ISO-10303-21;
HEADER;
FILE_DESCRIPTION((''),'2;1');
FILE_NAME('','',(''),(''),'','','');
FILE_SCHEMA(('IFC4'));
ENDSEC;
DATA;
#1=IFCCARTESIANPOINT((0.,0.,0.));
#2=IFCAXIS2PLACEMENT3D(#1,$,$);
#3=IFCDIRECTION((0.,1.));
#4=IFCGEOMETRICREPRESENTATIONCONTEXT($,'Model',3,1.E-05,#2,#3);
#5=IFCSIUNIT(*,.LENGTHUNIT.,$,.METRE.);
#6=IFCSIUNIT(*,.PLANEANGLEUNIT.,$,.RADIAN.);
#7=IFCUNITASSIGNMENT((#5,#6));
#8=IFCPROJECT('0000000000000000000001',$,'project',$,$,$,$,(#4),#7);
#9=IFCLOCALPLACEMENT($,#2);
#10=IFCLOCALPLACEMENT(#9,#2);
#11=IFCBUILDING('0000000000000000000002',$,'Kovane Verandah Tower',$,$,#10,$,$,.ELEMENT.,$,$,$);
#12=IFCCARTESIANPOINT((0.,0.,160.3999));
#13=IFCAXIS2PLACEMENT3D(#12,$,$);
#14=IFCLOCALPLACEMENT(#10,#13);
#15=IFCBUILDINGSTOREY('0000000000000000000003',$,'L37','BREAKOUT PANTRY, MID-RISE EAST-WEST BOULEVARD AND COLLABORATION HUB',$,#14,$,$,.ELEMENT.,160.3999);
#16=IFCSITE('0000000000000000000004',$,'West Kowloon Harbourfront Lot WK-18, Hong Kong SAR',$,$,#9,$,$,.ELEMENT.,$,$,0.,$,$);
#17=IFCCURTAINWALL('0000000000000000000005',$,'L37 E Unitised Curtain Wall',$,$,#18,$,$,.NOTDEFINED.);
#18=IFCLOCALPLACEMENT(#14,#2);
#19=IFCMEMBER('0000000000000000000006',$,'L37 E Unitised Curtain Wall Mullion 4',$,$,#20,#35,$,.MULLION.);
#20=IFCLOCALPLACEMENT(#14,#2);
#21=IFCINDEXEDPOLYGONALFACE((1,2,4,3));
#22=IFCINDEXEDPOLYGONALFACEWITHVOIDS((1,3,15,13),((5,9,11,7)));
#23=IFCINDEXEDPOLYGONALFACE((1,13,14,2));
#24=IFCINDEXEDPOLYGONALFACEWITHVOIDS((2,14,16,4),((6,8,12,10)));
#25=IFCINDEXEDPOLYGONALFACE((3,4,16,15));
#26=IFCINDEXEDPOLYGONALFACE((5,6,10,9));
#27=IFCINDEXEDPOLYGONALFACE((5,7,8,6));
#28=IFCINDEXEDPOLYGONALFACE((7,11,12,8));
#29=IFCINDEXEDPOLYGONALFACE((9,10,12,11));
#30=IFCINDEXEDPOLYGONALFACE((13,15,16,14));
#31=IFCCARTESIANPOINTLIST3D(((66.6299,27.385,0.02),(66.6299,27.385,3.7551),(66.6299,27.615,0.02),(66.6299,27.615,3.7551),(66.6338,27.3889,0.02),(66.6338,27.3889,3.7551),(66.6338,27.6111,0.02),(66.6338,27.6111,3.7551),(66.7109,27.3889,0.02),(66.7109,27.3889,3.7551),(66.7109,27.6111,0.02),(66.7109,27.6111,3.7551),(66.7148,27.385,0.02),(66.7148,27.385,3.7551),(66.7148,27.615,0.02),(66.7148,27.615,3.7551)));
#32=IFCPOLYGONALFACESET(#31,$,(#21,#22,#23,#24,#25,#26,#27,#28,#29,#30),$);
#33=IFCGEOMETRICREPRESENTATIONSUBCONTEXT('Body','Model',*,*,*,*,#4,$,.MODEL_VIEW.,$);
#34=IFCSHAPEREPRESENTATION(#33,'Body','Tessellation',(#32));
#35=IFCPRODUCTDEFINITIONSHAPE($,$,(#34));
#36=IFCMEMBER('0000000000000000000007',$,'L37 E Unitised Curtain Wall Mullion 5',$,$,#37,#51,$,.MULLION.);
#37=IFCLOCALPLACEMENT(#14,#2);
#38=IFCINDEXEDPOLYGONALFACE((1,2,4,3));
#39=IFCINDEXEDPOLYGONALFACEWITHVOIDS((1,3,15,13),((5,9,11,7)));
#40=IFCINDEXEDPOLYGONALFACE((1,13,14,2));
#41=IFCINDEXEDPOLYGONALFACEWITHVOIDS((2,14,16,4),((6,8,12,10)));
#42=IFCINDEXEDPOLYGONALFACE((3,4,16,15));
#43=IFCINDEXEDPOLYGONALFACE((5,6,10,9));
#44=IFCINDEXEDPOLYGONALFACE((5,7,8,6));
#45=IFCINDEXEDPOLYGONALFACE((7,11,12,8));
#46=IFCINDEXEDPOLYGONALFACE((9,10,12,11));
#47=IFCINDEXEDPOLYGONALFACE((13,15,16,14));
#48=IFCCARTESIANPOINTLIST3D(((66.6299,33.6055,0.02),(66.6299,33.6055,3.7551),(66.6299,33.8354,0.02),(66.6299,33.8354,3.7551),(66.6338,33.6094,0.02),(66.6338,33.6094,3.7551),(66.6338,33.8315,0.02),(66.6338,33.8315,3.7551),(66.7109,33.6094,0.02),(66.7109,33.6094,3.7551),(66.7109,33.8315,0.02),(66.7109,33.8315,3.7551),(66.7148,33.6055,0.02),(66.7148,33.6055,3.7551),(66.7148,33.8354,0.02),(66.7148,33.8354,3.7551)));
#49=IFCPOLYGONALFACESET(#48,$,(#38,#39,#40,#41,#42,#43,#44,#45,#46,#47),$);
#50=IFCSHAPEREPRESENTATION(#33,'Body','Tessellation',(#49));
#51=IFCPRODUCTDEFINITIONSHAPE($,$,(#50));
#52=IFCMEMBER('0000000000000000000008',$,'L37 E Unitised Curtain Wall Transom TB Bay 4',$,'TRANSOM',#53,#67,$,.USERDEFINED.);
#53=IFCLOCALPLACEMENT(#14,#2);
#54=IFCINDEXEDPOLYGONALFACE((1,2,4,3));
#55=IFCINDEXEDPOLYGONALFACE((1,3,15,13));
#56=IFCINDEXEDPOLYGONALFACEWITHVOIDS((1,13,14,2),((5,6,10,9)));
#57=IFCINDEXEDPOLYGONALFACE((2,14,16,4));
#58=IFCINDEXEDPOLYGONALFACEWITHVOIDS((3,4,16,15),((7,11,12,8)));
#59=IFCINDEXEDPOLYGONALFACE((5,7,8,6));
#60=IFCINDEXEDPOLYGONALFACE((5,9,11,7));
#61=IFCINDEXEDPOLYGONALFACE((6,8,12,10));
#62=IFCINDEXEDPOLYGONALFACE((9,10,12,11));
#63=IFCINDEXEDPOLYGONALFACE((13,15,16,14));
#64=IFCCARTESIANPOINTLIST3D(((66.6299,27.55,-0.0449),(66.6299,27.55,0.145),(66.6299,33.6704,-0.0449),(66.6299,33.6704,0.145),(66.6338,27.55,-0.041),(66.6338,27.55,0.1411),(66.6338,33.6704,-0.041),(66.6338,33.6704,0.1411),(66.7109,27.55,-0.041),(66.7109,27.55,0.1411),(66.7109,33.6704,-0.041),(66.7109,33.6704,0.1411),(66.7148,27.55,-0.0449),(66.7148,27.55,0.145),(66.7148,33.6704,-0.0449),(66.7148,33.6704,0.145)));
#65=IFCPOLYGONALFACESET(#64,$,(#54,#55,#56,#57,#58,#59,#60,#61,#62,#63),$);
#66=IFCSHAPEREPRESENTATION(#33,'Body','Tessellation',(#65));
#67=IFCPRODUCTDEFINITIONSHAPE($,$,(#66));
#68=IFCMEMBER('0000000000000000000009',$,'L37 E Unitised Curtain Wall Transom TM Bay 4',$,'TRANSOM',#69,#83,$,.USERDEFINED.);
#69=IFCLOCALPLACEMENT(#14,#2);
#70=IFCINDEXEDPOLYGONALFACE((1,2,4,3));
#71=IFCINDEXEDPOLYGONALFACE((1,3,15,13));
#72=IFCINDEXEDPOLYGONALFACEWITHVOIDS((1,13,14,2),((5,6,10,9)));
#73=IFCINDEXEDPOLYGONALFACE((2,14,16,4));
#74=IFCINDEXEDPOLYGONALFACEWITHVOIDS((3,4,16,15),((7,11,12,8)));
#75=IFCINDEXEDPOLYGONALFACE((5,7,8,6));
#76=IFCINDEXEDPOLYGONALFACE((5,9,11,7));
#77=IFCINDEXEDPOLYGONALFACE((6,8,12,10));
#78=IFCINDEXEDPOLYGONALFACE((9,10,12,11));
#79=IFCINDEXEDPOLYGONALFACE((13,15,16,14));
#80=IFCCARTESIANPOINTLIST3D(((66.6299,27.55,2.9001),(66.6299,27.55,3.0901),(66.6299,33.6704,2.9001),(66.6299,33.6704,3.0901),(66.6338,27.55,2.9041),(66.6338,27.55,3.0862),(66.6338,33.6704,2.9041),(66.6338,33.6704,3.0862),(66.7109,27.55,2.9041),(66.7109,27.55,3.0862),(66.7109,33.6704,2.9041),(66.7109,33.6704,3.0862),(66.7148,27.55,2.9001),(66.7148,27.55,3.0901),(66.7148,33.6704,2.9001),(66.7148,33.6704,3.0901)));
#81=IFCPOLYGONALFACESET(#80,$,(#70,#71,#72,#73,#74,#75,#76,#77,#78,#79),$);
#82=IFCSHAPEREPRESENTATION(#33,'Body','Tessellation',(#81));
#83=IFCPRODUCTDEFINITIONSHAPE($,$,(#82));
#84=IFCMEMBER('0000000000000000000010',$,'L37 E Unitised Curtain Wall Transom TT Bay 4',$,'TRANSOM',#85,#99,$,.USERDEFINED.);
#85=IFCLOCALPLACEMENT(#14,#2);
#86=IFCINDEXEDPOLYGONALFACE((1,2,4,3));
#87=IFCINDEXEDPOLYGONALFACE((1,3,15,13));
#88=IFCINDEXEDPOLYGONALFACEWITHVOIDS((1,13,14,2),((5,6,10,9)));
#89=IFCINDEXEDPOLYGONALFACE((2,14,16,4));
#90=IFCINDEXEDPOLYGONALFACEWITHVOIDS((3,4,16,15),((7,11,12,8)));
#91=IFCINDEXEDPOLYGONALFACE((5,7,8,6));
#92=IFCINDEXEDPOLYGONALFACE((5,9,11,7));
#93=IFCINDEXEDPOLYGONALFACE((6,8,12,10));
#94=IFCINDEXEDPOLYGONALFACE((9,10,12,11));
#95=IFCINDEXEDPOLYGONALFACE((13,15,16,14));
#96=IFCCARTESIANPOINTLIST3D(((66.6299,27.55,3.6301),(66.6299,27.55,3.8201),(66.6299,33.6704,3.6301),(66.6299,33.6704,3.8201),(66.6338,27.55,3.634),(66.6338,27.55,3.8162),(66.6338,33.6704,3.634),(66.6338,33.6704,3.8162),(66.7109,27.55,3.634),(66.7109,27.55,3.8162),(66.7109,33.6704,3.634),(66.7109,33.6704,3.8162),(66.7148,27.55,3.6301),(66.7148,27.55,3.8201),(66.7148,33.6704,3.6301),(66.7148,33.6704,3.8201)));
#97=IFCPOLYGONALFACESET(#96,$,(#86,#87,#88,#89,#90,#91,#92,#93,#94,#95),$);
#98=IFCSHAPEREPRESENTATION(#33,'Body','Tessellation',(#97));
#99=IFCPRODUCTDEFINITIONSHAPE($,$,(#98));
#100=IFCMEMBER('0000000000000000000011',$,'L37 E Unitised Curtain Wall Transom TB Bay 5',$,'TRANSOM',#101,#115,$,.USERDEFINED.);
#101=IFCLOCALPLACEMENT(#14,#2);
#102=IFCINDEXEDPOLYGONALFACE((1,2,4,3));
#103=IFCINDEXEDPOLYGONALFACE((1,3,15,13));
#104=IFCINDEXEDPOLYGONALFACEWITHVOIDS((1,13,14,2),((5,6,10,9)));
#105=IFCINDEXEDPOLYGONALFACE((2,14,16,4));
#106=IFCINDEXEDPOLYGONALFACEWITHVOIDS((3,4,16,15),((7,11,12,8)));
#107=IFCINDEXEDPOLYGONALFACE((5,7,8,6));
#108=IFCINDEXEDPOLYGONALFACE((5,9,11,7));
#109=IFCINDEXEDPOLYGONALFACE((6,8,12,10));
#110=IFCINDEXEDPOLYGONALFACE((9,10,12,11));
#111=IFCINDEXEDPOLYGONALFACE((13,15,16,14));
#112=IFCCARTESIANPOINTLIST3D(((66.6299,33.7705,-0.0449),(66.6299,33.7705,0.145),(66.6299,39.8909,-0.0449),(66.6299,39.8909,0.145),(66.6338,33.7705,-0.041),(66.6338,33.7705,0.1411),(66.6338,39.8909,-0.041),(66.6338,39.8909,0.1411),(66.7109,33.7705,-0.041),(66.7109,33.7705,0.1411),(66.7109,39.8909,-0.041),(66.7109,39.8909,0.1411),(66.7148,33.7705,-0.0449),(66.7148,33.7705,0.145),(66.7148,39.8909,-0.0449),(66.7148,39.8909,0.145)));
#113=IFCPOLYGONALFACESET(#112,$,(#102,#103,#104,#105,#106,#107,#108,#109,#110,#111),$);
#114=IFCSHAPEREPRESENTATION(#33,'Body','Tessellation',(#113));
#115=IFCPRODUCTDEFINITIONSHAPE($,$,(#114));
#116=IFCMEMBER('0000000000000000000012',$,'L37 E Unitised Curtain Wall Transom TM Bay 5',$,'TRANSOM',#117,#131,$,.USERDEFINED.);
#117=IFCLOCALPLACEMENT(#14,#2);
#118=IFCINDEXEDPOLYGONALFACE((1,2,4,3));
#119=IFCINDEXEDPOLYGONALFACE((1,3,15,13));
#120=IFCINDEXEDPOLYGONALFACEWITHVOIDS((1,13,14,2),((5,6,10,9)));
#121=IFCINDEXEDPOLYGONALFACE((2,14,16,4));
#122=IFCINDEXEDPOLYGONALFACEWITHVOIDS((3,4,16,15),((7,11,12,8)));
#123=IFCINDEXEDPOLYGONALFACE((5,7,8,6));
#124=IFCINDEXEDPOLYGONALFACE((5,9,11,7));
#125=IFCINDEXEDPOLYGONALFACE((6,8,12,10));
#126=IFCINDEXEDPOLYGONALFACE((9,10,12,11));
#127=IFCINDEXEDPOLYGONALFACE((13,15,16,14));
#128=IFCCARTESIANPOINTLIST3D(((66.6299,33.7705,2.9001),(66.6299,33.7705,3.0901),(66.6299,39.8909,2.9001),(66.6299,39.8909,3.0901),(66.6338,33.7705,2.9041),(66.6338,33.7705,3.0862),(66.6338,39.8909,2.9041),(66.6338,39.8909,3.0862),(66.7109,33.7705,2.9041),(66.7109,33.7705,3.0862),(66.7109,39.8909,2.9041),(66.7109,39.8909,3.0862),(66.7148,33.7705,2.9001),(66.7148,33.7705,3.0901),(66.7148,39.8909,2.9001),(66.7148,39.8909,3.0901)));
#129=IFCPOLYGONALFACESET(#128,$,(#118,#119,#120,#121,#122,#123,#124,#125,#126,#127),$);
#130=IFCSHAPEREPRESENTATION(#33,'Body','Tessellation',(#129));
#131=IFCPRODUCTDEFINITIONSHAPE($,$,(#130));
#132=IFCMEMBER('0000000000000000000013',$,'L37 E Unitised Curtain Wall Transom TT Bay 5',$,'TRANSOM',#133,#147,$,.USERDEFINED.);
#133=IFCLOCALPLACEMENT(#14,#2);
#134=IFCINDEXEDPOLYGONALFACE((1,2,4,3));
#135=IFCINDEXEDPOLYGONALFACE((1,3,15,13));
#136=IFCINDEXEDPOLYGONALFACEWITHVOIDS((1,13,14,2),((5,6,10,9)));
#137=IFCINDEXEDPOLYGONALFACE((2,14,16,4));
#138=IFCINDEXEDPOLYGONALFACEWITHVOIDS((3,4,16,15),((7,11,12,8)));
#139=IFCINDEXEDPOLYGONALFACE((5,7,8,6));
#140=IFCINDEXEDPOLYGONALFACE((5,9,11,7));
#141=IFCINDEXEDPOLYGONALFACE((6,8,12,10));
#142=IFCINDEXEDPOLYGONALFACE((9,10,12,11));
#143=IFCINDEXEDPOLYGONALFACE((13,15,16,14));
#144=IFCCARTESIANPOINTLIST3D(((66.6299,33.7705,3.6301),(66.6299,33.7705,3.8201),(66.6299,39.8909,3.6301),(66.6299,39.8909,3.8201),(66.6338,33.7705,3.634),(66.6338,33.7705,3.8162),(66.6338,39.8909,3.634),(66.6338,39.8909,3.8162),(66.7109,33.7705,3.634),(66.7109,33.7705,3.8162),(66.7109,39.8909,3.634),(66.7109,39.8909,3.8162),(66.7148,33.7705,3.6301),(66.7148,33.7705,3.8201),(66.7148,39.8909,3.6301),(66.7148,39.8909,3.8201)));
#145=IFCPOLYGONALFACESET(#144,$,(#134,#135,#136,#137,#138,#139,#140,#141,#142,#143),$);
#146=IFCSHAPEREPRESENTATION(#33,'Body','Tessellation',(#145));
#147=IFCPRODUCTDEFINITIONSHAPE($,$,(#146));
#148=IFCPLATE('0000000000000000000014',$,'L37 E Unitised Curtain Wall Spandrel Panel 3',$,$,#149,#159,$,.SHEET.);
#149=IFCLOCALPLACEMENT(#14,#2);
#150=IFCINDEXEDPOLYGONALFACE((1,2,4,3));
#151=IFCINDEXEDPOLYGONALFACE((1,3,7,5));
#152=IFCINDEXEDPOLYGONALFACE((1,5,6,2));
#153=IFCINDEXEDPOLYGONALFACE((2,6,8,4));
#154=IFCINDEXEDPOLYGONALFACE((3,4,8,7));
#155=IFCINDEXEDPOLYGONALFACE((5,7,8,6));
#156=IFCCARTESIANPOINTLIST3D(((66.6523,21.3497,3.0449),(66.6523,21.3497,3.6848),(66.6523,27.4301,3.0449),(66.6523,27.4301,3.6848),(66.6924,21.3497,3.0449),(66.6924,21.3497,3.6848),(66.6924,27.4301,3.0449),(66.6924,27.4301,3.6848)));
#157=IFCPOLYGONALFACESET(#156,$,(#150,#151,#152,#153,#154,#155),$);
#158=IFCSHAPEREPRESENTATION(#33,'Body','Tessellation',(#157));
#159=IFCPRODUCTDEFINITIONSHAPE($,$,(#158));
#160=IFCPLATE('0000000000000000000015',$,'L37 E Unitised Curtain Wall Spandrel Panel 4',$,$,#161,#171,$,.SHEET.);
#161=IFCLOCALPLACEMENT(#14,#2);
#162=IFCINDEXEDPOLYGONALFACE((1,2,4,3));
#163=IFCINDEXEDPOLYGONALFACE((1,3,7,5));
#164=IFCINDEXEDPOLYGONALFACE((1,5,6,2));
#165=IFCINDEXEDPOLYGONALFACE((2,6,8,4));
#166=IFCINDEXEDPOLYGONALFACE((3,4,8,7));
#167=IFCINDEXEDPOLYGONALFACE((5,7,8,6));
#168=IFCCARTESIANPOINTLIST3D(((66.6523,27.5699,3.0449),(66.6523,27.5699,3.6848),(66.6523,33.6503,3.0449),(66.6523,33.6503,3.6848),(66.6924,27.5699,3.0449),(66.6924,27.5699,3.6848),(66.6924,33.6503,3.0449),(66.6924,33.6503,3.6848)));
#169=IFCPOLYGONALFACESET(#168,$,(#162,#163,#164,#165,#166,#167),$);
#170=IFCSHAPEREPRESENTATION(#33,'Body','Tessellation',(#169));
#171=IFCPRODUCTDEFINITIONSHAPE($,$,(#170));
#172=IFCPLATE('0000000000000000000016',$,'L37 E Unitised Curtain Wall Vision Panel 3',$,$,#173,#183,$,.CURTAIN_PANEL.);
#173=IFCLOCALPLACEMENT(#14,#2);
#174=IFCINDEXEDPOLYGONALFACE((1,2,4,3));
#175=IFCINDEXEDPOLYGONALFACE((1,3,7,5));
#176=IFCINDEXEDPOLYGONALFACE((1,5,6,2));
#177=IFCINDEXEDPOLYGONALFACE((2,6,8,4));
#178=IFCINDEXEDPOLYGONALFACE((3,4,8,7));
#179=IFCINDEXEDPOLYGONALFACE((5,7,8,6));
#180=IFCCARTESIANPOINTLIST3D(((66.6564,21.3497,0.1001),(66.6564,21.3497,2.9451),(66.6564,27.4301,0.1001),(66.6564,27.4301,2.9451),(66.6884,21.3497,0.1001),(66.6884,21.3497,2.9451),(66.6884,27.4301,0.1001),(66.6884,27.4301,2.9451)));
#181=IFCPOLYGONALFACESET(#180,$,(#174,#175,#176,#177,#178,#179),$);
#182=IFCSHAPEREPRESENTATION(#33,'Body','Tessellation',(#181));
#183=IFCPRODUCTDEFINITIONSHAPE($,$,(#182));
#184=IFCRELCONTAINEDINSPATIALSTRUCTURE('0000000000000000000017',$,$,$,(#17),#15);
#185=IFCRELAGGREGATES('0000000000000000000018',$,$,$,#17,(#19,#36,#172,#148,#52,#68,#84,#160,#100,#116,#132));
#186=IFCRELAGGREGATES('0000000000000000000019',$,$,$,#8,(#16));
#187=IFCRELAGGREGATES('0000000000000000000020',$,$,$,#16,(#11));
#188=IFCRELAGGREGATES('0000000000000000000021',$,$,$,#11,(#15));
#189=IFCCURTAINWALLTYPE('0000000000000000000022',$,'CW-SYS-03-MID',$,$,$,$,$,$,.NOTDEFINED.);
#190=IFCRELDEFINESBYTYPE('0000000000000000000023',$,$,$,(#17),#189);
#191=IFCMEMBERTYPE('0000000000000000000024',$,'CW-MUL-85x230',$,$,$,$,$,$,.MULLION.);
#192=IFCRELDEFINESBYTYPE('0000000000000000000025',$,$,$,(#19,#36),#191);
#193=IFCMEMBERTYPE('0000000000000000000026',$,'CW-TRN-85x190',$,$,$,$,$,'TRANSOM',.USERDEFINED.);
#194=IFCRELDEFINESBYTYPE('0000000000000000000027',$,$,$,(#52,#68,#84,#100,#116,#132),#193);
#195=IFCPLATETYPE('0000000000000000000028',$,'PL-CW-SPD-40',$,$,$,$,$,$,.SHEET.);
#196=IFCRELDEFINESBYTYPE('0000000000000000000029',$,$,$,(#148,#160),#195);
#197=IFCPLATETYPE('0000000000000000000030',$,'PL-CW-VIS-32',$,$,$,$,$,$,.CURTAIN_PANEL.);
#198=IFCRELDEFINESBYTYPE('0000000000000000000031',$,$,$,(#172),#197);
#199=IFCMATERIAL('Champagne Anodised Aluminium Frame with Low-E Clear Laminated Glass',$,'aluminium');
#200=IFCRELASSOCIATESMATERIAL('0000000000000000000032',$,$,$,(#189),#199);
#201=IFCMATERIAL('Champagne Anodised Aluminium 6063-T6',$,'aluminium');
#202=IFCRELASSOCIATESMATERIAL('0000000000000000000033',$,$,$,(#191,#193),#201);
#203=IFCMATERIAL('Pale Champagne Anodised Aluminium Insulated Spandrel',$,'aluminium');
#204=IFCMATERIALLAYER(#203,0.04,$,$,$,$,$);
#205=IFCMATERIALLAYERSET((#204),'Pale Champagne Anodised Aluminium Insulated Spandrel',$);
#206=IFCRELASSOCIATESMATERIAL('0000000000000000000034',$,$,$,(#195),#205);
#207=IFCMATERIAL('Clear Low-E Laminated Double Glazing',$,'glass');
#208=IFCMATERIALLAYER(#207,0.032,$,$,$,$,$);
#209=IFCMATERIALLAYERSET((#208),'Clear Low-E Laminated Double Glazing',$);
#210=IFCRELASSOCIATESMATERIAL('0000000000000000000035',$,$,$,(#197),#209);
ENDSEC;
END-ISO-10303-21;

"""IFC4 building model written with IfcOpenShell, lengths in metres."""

from ifc_helpers import new_model, si_unit, direction, frame, origin, origin_2d, place, context, subcontext, project, spatial, rectangle, hollow_rectangle, extrude, material, layer, layer_set, material_profile, profile_set, type_object, element, aggregate, save


model = new_model("IFC4")

# Units and contexts
model_context = context("Model", 3, precision=1e-05, world=origin(), true_north=direction((0.0, 1.0)))
body_context = subcontext(model_context, "Body", "Model", "MODEL_VIEW")
ifc_project = project(units=[si_unit("LENGTHUNIT", "METRE"), si_unit("PLANEANGLEUNIT", "RADIAN")], contexts=[model_context])

# Site, building, storey
site_placement = place(None, origin())
site = spatial("IfcSite", under=ifc_project, at=site_placement, Name="West Kowloon Harbourfront Lot WK-18, Hong Kong SAR", CompositionType="ELEMENT", RefElevation=0.0)
building_placement = place(site_placement, origin())
building = spatial("IfcBuilding", under=site, at=building_placement, Name="Kovane Verandah Tower", CompositionType="ELEMENT")
storey_placement = place(building_placement, frame((0.0, 0.0, 160.3999)))
storey = spatial("IfcBuildingStorey", under=building, at=storey_placement, Name="L37", Description="BREAKOUT PANTRY, MID-RISE EAST-WEST BOULEVARD AND COLLABORATION HUB", CompositionType="ELEMENT", Elevation=160.3999)

# Curtain wall, members, plates
ifc_material_1 = material(Name="Champagne Anodised Aluminium Frame with Low-E Clear Laminated Glass", Category="aluminium")
curtain_wall_type = type_object("IfcCurtainWallType", Name="CW-SYS-03-MID", PredefinedType="NOTDEFINED", material=ifc_material_1)
curtain_wall_placement = place(storey_placement, origin())
curtain_wall = element("IfcCurtainWall", 1, at=curtain_wall_placement, inside=storey, type_object=curtain_wall_type, Name="L37 E Unitised Curtain Wall", PredefinedType="NOTDEFINED")
ifc_material_2 = material(Name="Champagne Anodised Aluminium 6063-T6", Category="aluminium")
ifc_material_profile_1 = material_profile(ifc_material_2, hollow_rectangle(XDim=0.085, YDim=0.23, WallThickness=0.0039, at=origin_2d()), Name="AL85x230x4")
ifc_profile_set_1 = profile_set([ifc_material_profile_1], Name="Champagne Anodised Aluminium 6063-T6")
member_type_1 = type_object("IfcMemberType", Name="CW-MUL-85x230", PredefinedType="MULLION", material=ifc_profile_set_1)
member_1_placement = place(storey_placement, frame((66.6724, 27.5, 0.02), z_axis=(0.0, 0.0, 1.0), x_axis=(1.0, 0.0, 0.0)))
member_1 = element("IfcMember", 2, at=member_1_placement, type_object=member_type_1, Name="L37 E Unitised Curtain Wall Mullion 4", PredefinedType="MULLION", context=body_context, shape_type="SweptSolid", body=[
    extrude(hollow_rectangle(XDim=0.085, YDim=0.23, WallThickness=0.0039, at=origin_2d()), origin(), (0.0, 0.0, 1.0), 3.7351),
])
member_2_placement = place(storey_placement, frame((66.6724, 33.7205, 0.02), z_axis=(0.0, 0.0, 1.0), x_axis=(1.0, 0.0, 0.0)))
member_2 = element("IfcMember", 3, at=member_2_placement, type_object=member_type_1, Name="L37 E Unitised Curtain Wall Mullion 5", PredefinedType="MULLION", context=body_context, shape_type="SweptSolid", body=[
    extrude(hollow_rectangle(XDim=0.085, YDim=0.23, WallThickness=0.0039, at=origin_2d()), origin(), (0.0, 0.0, 1.0), 3.7351),
])
ifc_material_profile_2 = material_profile(ifc_material_2, hollow_rectangle(XDim=0.085, YDim=0.1899, WallThickness=0.0039, at=origin_2d()), Name="AL85x190x4")
ifc_profile_set_2 = profile_set([ifc_material_profile_2], Name="Champagne Anodised Aluminium 6063-T6")
member_type_2 = type_object("IfcMemberType", Name="CW-TRN-85x190", ElementType="TRANSOM", PredefinedType="USERDEFINED", material=ifc_profile_set_2)
member_3_placement = place(storey_placement, frame((66.6724, 27.55, 0.05), z_axis=(0.0, 1.0, 0.0), x_axis=(-1.0, 0.0, 0.0)))
member_3 = element("IfcMember", 4, at=member_3_placement, type_object=member_type_2, Name="L37 E Unitised Curtain Wall Transom TB Bay 4", ObjectType="TRANSOM", PredefinedType="USERDEFINED", context=body_context, shape_type="SweptSolid", body=[
    extrude(hollow_rectangle(XDim=0.085, YDim=0.1899, WallThickness=0.0039, at=origin_2d()), origin(), (0.0, 0.0, 1.0), 6.1204),
])
member_4_placement = place(storey_placement, frame((66.6724, 27.55, 2.9951), z_axis=(0.0, 1.0, 0.0), x_axis=(-1.0, 0.0, 0.0)))
member_4 = element("IfcMember", 5, at=member_4_placement, type_object=member_type_2, Name="L37 E Unitised Curtain Wall Transom TM Bay 4", ObjectType="TRANSOM", PredefinedType="USERDEFINED", context=body_context, shape_type="SweptSolid", body=[
    extrude(hollow_rectangle(XDim=0.085, YDim=0.1899, WallThickness=0.0039, at=origin_2d()), origin(), (0.0, 0.0, 1.0), 6.1204),
])
member_5_placement = place(storey_placement, frame((66.6724, 27.55, 3.7251), z_axis=(0.0, 1.0, 0.0), x_axis=(-1.0, 0.0, 0.0)))
member_5 = element("IfcMember", 6, at=member_5_placement, type_object=member_type_2, Name="L37 E Unitised Curtain Wall Transom TT Bay 4", ObjectType="TRANSOM", PredefinedType="USERDEFINED", context=body_context, shape_type="SweptSolid", body=[
    extrude(hollow_rectangle(XDim=0.085, YDim=0.1899, WallThickness=0.0039, at=origin_2d()), origin(), (0.0, 0.0, 1.0), 6.1204),
])
member_6_placement = place(storey_placement, frame((66.6724, 33.7705, 0.05), z_axis=(0.0, 1.0, 0.0), x_axis=(-1.0, 0.0, 0.0)))
member_6 = element("IfcMember", 7, at=member_6_placement, type_object=member_type_2, Name="L37 E Unitised Curtain Wall Transom TB Bay 5", ObjectType="TRANSOM", PredefinedType="USERDEFINED", context=body_context, shape_type="SweptSolid", body=[
    extrude(hollow_rectangle(XDim=0.085, YDim=0.1899, WallThickness=0.0039, at=origin_2d()), origin(), (0.0, 0.0, 1.0), 6.1204),
])
member_7_placement = place(storey_placement, frame((66.6724, 33.7705, 2.9951), z_axis=(0.0, 1.0, 0.0), x_axis=(-1.0, 0.0, 0.0)))
member_7 = element("IfcMember", 8, at=member_7_placement, type_object=member_type_2, Name="L37 E Unitised Curtain Wall Transom TM Bay 5", ObjectType="TRANSOM", PredefinedType="USERDEFINED", context=body_context, shape_type="SweptSolid", body=[
    extrude(hollow_rectangle(XDim=0.085, YDim=0.1899, WallThickness=0.0039, at=origin_2d()), origin(), (0.0, 0.0, 1.0), 6.1204),
])
member_8_placement = place(storey_placement, frame((66.6724, 33.7705, 3.7251), z_axis=(0.0, 1.0, 0.0), x_axis=(-1.0, 0.0, 0.0)))
member_8 = element("IfcMember", 9, at=member_8_placement, type_object=member_type_2, Name="L37 E Unitised Curtain Wall Transom TT Bay 5", ObjectType="TRANSOM", PredefinedType="USERDEFINED", context=body_context, shape_type="SweptSolid", body=[
    extrude(hollow_rectangle(XDim=0.085, YDim=0.1899, WallThickness=0.0039, at=origin_2d()), origin(), (0.0, 0.0, 1.0), 6.1204),
])
ifc_material_3 = material(Name="Pale Champagne Anodised Aluminium Insulated Spandrel", Category="aluminium")
ifc_layer_1 = layer(ifc_material_3, 0.04)
ifc_layer_set_1 = layer_set([ifc_layer_1], Name="Pale Champagne Anodised Aluminium Insulated Spandrel")
plate_type_1 = type_object("IfcPlateType", Name="PL-CW-SPD-40", PredefinedType="SHEET", material=ifc_layer_set_1)
plate_1_placement = place(storey_placement, frame((66.6724, 24.3899, 3.0449), z_axis=(0.0, 0.0, 1.0), x_axis=(0.0, 1.0, 0.0)))
plate_1 = element("IfcPlate", 10, at=plate_1_placement, type_object=plate_type_1, Name="L37 E Unitised Curtain Wall Spandrel Panel 3", PredefinedType="SHEET", context=body_context, shape_type="SweptSolid", body=[
    extrude(rectangle(XDim=6.0803, YDim=0.04, at=origin_2d()), origin(), (0.0, 0.0, 1.0), 0.6399),
])
plate_2_placement = place(storey_placement, frame((66.6724, 30.6101, 3.0449), z_axis=(0.0, 0.0, 1.0), x_axis=(0.0, 1.0, 0.0)))
plate_2 = element("IfcPlate", 11, at=plate_2_placement, type_object=plate_type_1, Name="L37 E Unitised Curtain Wall Spandrel Panel 4", PredefinedType="SHEET", context=body_context, shape_type="SweptSolid", body=[
    extrude(rectangle(XDim=6.0803, YDim=0.04, at=origin_2d()), origin(), (0.0, 0.0, 1.0), 0.6399),
])
ifc_material_4 = material(Name="Clear Low-E Laminated Double Glazing", Category="glass")
ifc_layer_2 = layer(ifc_material_4, 0.032)
ifc_layer_set_2 = layer_set([ifc_layer_2], Name="Clear Low-E Laminated Double Glazing")
plate_type_2 = type_object("IfcPlateType", Name="PL-CW-VIS-32", PredefinedType="CURTAIN_PANEL", material=ifc_layer_set_2)
plate_3_placement = place(storey_placement, frame((66.6724, 24.3899, 0.1001), z_axis=(0.0, 0.0, 1.0), x_axis=(0.0, 1.0, 0.0)))
plate_3 = element("IfcPlate", 12, at=plate_3_placement, type_object=plate_type_2, Name="L37 E Unitised Curtain Wall Vision Panel 3", PredefinedType="CURTAIN_PANEL", context=body_context, shape_type="SweptSolid", body=[
    extrude(rectangle(XDim=6.0803, YDim=0.032, at=origin_2d()), origin(), (0.0, 0.0, 1.0), 2.845),
])
aggregate(curtain_wall, [member_1, member_2, plate_3, plate_1, member_3, member_4, member_5, plate_2, member_6, member_7, member_8])

save(model, "model.ifc")
